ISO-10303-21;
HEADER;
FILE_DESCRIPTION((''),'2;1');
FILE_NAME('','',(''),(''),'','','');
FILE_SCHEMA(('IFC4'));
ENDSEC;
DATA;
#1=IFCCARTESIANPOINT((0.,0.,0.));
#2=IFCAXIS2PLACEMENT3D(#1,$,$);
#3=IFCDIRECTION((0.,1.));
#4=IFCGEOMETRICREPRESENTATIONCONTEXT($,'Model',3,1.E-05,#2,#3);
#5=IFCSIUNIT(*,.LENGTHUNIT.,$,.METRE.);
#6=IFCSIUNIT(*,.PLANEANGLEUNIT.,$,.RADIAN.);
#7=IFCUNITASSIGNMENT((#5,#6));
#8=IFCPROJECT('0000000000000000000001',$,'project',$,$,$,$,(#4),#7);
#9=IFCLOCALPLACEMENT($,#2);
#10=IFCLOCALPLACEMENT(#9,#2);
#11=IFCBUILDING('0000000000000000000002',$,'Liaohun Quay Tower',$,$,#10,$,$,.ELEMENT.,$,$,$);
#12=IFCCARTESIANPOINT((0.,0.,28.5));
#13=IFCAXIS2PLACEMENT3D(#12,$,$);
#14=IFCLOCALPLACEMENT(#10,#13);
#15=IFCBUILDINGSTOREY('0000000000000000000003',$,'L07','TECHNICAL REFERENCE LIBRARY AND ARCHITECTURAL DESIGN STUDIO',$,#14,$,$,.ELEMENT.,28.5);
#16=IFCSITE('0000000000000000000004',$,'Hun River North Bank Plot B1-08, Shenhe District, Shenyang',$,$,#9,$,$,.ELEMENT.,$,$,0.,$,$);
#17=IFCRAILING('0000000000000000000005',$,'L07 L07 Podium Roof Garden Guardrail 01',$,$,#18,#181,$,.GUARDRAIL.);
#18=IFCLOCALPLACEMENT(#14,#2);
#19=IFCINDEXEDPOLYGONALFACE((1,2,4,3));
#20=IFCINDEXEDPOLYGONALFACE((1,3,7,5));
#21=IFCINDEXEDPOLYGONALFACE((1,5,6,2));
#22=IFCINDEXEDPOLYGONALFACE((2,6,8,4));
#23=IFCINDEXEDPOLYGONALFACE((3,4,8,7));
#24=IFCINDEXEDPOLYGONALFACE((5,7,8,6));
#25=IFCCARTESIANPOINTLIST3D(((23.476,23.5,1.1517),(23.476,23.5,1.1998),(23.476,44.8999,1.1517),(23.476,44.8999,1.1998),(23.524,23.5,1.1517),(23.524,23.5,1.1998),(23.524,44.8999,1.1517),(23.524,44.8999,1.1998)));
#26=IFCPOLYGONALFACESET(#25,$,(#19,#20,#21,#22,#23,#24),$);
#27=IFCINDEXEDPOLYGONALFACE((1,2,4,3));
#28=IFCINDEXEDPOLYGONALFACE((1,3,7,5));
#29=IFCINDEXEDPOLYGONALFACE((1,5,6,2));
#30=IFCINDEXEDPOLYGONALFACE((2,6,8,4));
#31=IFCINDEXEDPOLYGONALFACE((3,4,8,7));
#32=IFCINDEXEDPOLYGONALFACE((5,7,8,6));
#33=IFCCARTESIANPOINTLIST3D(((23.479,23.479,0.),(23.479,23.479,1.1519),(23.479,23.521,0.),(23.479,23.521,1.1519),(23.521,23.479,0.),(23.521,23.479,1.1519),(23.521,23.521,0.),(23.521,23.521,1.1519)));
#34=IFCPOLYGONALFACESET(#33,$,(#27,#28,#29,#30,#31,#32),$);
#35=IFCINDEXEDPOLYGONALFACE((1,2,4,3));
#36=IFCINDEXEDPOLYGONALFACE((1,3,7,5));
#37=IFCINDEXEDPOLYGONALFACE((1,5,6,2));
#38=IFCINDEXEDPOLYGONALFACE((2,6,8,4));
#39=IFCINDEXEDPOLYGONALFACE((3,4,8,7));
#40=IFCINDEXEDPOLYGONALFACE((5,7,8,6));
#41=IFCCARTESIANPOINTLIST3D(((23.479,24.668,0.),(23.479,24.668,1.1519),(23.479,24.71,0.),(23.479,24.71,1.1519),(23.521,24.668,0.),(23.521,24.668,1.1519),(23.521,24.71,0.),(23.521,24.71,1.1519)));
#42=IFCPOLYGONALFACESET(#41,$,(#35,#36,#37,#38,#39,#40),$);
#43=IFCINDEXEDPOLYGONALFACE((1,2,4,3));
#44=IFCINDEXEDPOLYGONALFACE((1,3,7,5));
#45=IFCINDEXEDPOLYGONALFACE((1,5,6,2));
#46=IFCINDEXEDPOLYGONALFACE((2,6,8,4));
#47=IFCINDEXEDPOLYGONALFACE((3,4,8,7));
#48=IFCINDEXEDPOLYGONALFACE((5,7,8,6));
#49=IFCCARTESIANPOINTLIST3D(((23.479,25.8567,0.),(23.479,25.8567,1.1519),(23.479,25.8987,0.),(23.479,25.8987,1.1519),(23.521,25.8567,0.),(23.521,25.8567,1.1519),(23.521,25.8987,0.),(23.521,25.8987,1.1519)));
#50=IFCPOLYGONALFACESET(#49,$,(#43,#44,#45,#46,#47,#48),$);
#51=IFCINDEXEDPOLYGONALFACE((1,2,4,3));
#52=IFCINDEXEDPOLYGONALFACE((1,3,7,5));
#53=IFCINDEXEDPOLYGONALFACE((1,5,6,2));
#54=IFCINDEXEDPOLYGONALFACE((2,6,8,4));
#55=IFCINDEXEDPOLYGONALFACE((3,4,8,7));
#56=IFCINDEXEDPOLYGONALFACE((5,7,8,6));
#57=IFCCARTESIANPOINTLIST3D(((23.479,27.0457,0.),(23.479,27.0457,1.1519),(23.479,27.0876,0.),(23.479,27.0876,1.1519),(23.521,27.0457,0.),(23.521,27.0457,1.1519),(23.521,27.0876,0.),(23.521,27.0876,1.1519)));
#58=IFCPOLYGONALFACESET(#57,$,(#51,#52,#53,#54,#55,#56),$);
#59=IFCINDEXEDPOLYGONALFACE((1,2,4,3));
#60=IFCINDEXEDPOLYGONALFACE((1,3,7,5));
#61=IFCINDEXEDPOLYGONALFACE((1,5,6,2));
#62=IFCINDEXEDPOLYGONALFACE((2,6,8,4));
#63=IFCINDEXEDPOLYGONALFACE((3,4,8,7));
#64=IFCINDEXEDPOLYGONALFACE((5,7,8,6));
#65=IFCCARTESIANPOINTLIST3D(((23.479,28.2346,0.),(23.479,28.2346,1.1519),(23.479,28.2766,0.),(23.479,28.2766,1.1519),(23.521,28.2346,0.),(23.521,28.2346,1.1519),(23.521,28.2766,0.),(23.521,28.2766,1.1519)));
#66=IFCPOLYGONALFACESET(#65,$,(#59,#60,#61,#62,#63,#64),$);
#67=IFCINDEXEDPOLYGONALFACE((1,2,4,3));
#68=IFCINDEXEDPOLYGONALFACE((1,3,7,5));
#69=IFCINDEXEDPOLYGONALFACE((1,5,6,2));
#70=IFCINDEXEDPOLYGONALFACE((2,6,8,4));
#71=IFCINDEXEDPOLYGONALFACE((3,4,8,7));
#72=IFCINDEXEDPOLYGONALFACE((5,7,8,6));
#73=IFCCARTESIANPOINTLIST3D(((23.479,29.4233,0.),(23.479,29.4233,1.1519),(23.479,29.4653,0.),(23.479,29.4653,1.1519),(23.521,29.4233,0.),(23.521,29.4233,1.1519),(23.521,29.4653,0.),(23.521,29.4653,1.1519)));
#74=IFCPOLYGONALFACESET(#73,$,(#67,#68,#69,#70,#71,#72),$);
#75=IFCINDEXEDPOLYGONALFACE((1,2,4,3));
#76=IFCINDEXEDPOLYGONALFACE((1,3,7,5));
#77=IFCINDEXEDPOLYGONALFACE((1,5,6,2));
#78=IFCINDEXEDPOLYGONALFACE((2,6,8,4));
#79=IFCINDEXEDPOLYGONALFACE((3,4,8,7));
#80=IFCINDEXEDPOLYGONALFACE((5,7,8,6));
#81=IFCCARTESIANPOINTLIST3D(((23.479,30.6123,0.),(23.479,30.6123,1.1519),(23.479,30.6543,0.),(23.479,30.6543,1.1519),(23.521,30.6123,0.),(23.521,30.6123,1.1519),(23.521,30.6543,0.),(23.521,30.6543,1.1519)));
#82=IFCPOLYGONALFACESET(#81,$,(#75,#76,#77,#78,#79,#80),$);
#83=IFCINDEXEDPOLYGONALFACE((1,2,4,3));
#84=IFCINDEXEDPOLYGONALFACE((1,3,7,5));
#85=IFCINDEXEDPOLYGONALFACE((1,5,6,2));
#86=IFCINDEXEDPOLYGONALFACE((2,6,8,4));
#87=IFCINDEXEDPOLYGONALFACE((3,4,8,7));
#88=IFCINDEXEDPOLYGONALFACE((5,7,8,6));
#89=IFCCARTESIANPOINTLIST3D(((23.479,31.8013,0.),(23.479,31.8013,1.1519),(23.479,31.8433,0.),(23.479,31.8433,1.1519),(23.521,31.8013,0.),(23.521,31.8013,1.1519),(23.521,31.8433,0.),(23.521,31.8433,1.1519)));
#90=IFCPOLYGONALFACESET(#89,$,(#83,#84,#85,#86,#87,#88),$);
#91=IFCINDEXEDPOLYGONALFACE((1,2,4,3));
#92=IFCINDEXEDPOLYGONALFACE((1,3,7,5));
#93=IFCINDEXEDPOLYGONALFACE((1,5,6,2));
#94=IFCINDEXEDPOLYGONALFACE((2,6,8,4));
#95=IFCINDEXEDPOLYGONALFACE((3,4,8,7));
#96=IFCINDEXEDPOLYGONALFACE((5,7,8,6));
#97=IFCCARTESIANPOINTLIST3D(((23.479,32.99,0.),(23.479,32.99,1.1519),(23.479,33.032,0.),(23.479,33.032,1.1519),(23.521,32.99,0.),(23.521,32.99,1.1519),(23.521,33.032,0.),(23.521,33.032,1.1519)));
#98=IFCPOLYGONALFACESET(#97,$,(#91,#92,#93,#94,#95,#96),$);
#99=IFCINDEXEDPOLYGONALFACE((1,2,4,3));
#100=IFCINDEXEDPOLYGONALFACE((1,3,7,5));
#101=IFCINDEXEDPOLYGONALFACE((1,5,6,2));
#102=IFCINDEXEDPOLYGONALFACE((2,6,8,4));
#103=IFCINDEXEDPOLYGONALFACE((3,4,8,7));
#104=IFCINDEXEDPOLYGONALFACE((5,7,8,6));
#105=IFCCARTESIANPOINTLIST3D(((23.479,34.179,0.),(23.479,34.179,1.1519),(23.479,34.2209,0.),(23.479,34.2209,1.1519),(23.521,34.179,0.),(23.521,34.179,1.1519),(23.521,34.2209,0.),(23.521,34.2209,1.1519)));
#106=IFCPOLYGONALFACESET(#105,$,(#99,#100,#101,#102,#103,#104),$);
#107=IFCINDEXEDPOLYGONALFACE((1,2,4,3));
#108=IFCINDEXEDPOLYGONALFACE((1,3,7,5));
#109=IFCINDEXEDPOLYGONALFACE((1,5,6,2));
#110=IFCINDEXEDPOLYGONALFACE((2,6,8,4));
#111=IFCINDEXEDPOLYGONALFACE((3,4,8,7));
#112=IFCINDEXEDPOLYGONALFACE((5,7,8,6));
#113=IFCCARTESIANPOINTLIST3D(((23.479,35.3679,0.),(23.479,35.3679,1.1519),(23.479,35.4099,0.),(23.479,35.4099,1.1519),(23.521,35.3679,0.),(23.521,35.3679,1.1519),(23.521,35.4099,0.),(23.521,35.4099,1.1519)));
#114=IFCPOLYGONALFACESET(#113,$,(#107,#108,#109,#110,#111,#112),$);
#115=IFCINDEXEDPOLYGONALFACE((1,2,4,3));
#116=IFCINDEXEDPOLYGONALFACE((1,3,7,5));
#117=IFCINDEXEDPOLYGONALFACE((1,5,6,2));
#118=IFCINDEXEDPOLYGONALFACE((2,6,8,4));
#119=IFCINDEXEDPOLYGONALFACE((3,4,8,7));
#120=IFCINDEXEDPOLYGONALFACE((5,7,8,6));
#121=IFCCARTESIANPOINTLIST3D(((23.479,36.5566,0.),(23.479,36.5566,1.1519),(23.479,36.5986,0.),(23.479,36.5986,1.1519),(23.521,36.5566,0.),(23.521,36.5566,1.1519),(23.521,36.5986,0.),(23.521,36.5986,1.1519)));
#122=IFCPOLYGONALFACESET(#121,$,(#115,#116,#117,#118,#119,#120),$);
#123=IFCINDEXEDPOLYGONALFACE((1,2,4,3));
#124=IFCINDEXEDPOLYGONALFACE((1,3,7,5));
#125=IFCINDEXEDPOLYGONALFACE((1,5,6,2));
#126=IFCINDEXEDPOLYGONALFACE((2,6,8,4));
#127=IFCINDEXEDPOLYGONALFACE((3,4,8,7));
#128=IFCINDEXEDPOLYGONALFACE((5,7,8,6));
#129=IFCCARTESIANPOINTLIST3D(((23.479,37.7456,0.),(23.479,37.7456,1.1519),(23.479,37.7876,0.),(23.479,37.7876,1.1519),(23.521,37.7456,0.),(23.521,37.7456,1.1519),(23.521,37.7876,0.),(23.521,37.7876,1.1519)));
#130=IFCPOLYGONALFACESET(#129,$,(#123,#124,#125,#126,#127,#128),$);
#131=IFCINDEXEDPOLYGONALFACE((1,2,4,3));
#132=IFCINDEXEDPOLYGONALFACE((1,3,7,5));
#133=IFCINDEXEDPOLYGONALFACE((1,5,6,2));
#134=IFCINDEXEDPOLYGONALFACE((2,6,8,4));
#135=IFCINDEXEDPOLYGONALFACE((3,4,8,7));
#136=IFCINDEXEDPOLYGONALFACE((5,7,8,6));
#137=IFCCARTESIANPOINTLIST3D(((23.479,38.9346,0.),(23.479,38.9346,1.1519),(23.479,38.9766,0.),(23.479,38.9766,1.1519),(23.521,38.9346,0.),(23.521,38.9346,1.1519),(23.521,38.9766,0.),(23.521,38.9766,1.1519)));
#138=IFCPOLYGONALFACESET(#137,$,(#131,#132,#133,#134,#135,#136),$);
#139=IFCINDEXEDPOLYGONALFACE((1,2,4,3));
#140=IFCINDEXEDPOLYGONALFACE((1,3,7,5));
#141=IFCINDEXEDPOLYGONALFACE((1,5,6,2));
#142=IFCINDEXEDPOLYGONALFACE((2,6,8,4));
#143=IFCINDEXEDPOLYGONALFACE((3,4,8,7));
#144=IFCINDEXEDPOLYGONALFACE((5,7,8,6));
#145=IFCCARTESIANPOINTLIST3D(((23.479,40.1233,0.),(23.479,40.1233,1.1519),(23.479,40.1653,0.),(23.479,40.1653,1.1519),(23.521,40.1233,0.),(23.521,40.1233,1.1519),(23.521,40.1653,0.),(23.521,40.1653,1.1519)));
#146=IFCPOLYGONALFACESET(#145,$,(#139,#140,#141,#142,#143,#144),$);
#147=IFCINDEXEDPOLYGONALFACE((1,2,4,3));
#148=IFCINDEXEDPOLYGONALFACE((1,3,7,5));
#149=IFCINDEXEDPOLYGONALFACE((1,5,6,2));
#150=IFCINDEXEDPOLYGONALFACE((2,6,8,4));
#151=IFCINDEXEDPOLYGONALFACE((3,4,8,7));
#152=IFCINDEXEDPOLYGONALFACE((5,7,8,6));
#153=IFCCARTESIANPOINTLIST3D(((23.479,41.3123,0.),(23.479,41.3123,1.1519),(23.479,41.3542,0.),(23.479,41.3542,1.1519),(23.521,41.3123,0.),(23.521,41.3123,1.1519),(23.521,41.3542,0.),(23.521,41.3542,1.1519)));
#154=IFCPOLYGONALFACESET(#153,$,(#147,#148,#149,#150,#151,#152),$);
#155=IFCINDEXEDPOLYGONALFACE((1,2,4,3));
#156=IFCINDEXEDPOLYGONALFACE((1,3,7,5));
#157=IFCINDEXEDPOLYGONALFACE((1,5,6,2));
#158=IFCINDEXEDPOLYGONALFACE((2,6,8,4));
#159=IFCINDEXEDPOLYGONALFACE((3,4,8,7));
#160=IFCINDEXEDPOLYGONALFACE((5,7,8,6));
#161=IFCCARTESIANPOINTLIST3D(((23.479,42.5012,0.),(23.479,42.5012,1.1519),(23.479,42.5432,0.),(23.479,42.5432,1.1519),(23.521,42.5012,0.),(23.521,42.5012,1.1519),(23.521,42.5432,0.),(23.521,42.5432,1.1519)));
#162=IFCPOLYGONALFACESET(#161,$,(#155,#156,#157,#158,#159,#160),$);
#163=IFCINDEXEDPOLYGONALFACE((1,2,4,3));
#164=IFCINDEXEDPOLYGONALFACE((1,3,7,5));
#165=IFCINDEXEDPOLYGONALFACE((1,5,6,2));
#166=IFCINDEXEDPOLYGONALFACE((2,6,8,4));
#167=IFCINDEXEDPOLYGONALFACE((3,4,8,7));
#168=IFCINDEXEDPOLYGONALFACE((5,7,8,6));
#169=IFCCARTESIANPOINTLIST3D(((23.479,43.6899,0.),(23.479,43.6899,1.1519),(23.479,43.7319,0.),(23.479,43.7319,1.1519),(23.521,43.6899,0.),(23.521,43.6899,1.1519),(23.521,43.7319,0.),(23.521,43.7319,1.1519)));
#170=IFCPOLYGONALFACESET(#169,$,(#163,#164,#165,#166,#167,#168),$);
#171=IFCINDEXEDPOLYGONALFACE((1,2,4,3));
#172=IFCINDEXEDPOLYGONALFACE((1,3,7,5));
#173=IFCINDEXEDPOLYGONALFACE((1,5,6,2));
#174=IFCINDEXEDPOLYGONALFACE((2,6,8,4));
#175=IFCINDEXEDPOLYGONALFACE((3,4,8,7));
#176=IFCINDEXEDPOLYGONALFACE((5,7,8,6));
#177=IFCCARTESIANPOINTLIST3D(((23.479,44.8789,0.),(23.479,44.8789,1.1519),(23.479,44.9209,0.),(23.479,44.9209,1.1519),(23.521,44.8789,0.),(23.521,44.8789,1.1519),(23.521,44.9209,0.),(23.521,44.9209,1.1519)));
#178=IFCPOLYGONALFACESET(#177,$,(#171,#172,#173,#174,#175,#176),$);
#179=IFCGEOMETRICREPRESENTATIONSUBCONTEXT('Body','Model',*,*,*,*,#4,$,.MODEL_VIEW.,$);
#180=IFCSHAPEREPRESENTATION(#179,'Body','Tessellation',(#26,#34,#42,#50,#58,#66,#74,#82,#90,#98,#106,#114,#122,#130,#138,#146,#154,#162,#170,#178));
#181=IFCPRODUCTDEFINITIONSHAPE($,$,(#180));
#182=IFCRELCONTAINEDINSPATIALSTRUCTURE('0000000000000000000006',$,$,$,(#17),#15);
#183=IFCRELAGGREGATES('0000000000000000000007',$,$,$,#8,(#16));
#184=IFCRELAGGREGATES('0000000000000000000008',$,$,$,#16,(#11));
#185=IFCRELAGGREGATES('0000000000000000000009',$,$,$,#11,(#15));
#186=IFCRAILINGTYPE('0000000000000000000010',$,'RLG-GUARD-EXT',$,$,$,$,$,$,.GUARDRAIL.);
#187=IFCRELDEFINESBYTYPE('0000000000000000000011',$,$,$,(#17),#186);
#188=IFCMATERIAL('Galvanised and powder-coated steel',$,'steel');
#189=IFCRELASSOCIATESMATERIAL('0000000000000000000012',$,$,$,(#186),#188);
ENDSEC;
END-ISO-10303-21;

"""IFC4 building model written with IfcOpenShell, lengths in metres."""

from ifc_helpers import new_model, si_unit, direction, frame, origin, origin_2d, place, context, subcontext, project, spatial, rectangle, extrude, material, type_object, element, save


model = new_model("IFC4")

# Units and contexts
model_context = context("Model", 3, precision=1e-05, world=origin(), true_north=direction((0.0, 1.0)))
body_context = subcontext(model_context, "Body", "Model", "MODEL_VIEW")
ifc_project = project(units=[si_unit("LENGTHUNIT", "METRE"), si_unit("PLANEANGLEUNIT", "RADIAN")], contexts=[model_context])

# Site, building, storey
site_placement = place(None, origin())
site = spatial("IfcSite", under=ifc_project, at=site_placement, Name="Hun River North Bank Plot B1-08, Shenhe District, Shenyang", CompositionType="ELEMENT", RefElevation=0.0)
building_placement = place(site_placement, origin())
building = spatial("IfcBuilding", under=site, at=building_placement, Name="Liaohun Quay Tower", CompositionType="ELEMENT")
storey_placement = place(building_placement, frame((0.0, 0.0, 28.5)))
storey = spatial("IfcBuildingStorey", under=building, at=storey_placement, Name="L07", Description="TECHNICAL REFERENCE LIBRARY AND ARCHITECTURAL DESIGN STUDIO", CompositionType="ELEMENT", Elevation=28.5)

# Railing
ifc_material_1 = material(Name="Galvanised and powder-coated steel", Category="steel")
railing_type = type_object("IfcRailingType", Name="RLG-GUARD-EXT", PredefinedType="GUARDRAIL", material=ifc_material_1)
railing_1_placement = place(storey_placement, frame((23.5, 23.5, 0.0)))
element("IfcRailing", 1, at=railing_1_placement, inside=storey, type_object=railing_type, Name="L07 L07 Podium Roof Garden Guardrail 01", PredefinedType="GUARDRAIL", context=body_context, shape_type="SweptSolid", body=[
    extrude(rectangle(XDim=0.0481, YDim=0.0481, at=origin_2d()), frame((0.0, 0.0, 1.1758), z_axis=(0.0, 1.0, 0.0), x_axis=(-1.0, 0.0, 0.0)), (0.0, 0.0, 1.0), 21.3999),
    extrude(rectangle(XDim=0.042, YDim=0.042, at=origin_2d()), origin(), (0.0, 0.0, 1.0), 1.1519),
    extrude(rectangle(XDim=0.042, YDim=0.042, at=origin_2d()), frame((0.0, 1.189, 0.0)), (0.0, 0.0, 1.0), 1.1519),
    extrude(rectangle(XDim=0.042, YDim=0.042, at=origin_2d()), frame((0.0, 2.3777, 0.0)), (0.0, 0.0, 1.0), 1.1519),
    extrude(rectangle(XDim=0.042, YDim=0.042, at=origin_2d()), frame((0.0, 3.5667, 0.0)), (0.0, 0.0, 1.0), 1.1519),
    extrude(rectangle(XDim=0.042, YDim=0.042, at=origin_2d()), frame((0.0, 4.7556, 0.0)), (0.0, 0.0, 1.0), 1.1519),
    extrude(rectangle(XDim=0.042, YDim=0.042, at=origin_2d()), frame((0.0, 5.9443, 0.0)), (0.0, 0.0, 1.0), 1.1519),
    extrude(rectangle(XDim=0.042, YDim=0.042, at=origin_2d()), frame((0.0, 7.1333, 0.0)), (0.0, 0.0, 1.0), 1.1519),
    extrude(rectangle(XDim=0.042, YDim=0.042, at=origin_2d()), frame((0.0, 8.3223, 0.0)), (0.0, 0.0, 1.0), 1.1519),
    extrude(rectangle(XDim=0.042, YDim=0.042, at=origin_2d()), frame((0.0, 9.511, 0.0)), (0.0, 0.0, 1.0), 1.1519),
    extrude(rectangle(XDim=0.042, YDim=0.042, at=origin_2d()), frame((0.0, 10.7, 0.0)), (0.0, 0.0, 1.0), 1.1519),
    extrude(rectangle(XDim=0.042, YDim=0.042, at=origin_2d()), frame((0.0, 11.8889, 0.0)), (0.0, 0.0, 1.0), 1.1519),
    extrude(rectangle(XDim=0.042, YDim=0.042, at=origin_2d()), frame((0.0, 13.0776, 0.0)), (0.0, 0.0, 1.0), 1.1519),
    extrude(rectangle(XDim=0.042, YDim=0.042, at=origin_2d()), frame((0.0, 14.2666, 0.0)), (0.0, 0.0, 1.0), 1.1519),
    extrude(rectangle(XDim=0.042, YDim=0.042, at=origin_2d()), frame((0.0, 15.4556, 0.0)), (0.0, 0.0, 1.0), 1.1519),
    extrude(rectangle(XDim=0.042, YDim=0.042, at=origin_2d()), frame((0.0, 16.6443, 0.0)), (0.0, 0.0, 1.0), 1.1519),
    extrude(rectangle(XDim=0.042, YDim=0.042, at=origin_2d()), frame((0.0, 17.8333, 0.0)), (0.0, 0.0, 1.0), 1.1519),
    extrude(rectangle(XDim=0.042, YDim=0.042, at=origin_2d()), frame((0.0, 19.0222, 0.0)), (0.0, 0.0, 1.0), 1.1519),
    extrude(rectangle(XDim=0.042, YDim=0.042, at=origin_2d()), frame((0.0, 20.2109, 0.0)), (0.0, 0.0, 1.0), 1.1519),
    extrude(rectangle(XDim=0.042, YDim=0.042, at=origin_2d()), frame((0.0, 21.3999, 0.0)), (0.0, 0.0, 1.0), 1.1519),
])

save(model, "model.ifc")
